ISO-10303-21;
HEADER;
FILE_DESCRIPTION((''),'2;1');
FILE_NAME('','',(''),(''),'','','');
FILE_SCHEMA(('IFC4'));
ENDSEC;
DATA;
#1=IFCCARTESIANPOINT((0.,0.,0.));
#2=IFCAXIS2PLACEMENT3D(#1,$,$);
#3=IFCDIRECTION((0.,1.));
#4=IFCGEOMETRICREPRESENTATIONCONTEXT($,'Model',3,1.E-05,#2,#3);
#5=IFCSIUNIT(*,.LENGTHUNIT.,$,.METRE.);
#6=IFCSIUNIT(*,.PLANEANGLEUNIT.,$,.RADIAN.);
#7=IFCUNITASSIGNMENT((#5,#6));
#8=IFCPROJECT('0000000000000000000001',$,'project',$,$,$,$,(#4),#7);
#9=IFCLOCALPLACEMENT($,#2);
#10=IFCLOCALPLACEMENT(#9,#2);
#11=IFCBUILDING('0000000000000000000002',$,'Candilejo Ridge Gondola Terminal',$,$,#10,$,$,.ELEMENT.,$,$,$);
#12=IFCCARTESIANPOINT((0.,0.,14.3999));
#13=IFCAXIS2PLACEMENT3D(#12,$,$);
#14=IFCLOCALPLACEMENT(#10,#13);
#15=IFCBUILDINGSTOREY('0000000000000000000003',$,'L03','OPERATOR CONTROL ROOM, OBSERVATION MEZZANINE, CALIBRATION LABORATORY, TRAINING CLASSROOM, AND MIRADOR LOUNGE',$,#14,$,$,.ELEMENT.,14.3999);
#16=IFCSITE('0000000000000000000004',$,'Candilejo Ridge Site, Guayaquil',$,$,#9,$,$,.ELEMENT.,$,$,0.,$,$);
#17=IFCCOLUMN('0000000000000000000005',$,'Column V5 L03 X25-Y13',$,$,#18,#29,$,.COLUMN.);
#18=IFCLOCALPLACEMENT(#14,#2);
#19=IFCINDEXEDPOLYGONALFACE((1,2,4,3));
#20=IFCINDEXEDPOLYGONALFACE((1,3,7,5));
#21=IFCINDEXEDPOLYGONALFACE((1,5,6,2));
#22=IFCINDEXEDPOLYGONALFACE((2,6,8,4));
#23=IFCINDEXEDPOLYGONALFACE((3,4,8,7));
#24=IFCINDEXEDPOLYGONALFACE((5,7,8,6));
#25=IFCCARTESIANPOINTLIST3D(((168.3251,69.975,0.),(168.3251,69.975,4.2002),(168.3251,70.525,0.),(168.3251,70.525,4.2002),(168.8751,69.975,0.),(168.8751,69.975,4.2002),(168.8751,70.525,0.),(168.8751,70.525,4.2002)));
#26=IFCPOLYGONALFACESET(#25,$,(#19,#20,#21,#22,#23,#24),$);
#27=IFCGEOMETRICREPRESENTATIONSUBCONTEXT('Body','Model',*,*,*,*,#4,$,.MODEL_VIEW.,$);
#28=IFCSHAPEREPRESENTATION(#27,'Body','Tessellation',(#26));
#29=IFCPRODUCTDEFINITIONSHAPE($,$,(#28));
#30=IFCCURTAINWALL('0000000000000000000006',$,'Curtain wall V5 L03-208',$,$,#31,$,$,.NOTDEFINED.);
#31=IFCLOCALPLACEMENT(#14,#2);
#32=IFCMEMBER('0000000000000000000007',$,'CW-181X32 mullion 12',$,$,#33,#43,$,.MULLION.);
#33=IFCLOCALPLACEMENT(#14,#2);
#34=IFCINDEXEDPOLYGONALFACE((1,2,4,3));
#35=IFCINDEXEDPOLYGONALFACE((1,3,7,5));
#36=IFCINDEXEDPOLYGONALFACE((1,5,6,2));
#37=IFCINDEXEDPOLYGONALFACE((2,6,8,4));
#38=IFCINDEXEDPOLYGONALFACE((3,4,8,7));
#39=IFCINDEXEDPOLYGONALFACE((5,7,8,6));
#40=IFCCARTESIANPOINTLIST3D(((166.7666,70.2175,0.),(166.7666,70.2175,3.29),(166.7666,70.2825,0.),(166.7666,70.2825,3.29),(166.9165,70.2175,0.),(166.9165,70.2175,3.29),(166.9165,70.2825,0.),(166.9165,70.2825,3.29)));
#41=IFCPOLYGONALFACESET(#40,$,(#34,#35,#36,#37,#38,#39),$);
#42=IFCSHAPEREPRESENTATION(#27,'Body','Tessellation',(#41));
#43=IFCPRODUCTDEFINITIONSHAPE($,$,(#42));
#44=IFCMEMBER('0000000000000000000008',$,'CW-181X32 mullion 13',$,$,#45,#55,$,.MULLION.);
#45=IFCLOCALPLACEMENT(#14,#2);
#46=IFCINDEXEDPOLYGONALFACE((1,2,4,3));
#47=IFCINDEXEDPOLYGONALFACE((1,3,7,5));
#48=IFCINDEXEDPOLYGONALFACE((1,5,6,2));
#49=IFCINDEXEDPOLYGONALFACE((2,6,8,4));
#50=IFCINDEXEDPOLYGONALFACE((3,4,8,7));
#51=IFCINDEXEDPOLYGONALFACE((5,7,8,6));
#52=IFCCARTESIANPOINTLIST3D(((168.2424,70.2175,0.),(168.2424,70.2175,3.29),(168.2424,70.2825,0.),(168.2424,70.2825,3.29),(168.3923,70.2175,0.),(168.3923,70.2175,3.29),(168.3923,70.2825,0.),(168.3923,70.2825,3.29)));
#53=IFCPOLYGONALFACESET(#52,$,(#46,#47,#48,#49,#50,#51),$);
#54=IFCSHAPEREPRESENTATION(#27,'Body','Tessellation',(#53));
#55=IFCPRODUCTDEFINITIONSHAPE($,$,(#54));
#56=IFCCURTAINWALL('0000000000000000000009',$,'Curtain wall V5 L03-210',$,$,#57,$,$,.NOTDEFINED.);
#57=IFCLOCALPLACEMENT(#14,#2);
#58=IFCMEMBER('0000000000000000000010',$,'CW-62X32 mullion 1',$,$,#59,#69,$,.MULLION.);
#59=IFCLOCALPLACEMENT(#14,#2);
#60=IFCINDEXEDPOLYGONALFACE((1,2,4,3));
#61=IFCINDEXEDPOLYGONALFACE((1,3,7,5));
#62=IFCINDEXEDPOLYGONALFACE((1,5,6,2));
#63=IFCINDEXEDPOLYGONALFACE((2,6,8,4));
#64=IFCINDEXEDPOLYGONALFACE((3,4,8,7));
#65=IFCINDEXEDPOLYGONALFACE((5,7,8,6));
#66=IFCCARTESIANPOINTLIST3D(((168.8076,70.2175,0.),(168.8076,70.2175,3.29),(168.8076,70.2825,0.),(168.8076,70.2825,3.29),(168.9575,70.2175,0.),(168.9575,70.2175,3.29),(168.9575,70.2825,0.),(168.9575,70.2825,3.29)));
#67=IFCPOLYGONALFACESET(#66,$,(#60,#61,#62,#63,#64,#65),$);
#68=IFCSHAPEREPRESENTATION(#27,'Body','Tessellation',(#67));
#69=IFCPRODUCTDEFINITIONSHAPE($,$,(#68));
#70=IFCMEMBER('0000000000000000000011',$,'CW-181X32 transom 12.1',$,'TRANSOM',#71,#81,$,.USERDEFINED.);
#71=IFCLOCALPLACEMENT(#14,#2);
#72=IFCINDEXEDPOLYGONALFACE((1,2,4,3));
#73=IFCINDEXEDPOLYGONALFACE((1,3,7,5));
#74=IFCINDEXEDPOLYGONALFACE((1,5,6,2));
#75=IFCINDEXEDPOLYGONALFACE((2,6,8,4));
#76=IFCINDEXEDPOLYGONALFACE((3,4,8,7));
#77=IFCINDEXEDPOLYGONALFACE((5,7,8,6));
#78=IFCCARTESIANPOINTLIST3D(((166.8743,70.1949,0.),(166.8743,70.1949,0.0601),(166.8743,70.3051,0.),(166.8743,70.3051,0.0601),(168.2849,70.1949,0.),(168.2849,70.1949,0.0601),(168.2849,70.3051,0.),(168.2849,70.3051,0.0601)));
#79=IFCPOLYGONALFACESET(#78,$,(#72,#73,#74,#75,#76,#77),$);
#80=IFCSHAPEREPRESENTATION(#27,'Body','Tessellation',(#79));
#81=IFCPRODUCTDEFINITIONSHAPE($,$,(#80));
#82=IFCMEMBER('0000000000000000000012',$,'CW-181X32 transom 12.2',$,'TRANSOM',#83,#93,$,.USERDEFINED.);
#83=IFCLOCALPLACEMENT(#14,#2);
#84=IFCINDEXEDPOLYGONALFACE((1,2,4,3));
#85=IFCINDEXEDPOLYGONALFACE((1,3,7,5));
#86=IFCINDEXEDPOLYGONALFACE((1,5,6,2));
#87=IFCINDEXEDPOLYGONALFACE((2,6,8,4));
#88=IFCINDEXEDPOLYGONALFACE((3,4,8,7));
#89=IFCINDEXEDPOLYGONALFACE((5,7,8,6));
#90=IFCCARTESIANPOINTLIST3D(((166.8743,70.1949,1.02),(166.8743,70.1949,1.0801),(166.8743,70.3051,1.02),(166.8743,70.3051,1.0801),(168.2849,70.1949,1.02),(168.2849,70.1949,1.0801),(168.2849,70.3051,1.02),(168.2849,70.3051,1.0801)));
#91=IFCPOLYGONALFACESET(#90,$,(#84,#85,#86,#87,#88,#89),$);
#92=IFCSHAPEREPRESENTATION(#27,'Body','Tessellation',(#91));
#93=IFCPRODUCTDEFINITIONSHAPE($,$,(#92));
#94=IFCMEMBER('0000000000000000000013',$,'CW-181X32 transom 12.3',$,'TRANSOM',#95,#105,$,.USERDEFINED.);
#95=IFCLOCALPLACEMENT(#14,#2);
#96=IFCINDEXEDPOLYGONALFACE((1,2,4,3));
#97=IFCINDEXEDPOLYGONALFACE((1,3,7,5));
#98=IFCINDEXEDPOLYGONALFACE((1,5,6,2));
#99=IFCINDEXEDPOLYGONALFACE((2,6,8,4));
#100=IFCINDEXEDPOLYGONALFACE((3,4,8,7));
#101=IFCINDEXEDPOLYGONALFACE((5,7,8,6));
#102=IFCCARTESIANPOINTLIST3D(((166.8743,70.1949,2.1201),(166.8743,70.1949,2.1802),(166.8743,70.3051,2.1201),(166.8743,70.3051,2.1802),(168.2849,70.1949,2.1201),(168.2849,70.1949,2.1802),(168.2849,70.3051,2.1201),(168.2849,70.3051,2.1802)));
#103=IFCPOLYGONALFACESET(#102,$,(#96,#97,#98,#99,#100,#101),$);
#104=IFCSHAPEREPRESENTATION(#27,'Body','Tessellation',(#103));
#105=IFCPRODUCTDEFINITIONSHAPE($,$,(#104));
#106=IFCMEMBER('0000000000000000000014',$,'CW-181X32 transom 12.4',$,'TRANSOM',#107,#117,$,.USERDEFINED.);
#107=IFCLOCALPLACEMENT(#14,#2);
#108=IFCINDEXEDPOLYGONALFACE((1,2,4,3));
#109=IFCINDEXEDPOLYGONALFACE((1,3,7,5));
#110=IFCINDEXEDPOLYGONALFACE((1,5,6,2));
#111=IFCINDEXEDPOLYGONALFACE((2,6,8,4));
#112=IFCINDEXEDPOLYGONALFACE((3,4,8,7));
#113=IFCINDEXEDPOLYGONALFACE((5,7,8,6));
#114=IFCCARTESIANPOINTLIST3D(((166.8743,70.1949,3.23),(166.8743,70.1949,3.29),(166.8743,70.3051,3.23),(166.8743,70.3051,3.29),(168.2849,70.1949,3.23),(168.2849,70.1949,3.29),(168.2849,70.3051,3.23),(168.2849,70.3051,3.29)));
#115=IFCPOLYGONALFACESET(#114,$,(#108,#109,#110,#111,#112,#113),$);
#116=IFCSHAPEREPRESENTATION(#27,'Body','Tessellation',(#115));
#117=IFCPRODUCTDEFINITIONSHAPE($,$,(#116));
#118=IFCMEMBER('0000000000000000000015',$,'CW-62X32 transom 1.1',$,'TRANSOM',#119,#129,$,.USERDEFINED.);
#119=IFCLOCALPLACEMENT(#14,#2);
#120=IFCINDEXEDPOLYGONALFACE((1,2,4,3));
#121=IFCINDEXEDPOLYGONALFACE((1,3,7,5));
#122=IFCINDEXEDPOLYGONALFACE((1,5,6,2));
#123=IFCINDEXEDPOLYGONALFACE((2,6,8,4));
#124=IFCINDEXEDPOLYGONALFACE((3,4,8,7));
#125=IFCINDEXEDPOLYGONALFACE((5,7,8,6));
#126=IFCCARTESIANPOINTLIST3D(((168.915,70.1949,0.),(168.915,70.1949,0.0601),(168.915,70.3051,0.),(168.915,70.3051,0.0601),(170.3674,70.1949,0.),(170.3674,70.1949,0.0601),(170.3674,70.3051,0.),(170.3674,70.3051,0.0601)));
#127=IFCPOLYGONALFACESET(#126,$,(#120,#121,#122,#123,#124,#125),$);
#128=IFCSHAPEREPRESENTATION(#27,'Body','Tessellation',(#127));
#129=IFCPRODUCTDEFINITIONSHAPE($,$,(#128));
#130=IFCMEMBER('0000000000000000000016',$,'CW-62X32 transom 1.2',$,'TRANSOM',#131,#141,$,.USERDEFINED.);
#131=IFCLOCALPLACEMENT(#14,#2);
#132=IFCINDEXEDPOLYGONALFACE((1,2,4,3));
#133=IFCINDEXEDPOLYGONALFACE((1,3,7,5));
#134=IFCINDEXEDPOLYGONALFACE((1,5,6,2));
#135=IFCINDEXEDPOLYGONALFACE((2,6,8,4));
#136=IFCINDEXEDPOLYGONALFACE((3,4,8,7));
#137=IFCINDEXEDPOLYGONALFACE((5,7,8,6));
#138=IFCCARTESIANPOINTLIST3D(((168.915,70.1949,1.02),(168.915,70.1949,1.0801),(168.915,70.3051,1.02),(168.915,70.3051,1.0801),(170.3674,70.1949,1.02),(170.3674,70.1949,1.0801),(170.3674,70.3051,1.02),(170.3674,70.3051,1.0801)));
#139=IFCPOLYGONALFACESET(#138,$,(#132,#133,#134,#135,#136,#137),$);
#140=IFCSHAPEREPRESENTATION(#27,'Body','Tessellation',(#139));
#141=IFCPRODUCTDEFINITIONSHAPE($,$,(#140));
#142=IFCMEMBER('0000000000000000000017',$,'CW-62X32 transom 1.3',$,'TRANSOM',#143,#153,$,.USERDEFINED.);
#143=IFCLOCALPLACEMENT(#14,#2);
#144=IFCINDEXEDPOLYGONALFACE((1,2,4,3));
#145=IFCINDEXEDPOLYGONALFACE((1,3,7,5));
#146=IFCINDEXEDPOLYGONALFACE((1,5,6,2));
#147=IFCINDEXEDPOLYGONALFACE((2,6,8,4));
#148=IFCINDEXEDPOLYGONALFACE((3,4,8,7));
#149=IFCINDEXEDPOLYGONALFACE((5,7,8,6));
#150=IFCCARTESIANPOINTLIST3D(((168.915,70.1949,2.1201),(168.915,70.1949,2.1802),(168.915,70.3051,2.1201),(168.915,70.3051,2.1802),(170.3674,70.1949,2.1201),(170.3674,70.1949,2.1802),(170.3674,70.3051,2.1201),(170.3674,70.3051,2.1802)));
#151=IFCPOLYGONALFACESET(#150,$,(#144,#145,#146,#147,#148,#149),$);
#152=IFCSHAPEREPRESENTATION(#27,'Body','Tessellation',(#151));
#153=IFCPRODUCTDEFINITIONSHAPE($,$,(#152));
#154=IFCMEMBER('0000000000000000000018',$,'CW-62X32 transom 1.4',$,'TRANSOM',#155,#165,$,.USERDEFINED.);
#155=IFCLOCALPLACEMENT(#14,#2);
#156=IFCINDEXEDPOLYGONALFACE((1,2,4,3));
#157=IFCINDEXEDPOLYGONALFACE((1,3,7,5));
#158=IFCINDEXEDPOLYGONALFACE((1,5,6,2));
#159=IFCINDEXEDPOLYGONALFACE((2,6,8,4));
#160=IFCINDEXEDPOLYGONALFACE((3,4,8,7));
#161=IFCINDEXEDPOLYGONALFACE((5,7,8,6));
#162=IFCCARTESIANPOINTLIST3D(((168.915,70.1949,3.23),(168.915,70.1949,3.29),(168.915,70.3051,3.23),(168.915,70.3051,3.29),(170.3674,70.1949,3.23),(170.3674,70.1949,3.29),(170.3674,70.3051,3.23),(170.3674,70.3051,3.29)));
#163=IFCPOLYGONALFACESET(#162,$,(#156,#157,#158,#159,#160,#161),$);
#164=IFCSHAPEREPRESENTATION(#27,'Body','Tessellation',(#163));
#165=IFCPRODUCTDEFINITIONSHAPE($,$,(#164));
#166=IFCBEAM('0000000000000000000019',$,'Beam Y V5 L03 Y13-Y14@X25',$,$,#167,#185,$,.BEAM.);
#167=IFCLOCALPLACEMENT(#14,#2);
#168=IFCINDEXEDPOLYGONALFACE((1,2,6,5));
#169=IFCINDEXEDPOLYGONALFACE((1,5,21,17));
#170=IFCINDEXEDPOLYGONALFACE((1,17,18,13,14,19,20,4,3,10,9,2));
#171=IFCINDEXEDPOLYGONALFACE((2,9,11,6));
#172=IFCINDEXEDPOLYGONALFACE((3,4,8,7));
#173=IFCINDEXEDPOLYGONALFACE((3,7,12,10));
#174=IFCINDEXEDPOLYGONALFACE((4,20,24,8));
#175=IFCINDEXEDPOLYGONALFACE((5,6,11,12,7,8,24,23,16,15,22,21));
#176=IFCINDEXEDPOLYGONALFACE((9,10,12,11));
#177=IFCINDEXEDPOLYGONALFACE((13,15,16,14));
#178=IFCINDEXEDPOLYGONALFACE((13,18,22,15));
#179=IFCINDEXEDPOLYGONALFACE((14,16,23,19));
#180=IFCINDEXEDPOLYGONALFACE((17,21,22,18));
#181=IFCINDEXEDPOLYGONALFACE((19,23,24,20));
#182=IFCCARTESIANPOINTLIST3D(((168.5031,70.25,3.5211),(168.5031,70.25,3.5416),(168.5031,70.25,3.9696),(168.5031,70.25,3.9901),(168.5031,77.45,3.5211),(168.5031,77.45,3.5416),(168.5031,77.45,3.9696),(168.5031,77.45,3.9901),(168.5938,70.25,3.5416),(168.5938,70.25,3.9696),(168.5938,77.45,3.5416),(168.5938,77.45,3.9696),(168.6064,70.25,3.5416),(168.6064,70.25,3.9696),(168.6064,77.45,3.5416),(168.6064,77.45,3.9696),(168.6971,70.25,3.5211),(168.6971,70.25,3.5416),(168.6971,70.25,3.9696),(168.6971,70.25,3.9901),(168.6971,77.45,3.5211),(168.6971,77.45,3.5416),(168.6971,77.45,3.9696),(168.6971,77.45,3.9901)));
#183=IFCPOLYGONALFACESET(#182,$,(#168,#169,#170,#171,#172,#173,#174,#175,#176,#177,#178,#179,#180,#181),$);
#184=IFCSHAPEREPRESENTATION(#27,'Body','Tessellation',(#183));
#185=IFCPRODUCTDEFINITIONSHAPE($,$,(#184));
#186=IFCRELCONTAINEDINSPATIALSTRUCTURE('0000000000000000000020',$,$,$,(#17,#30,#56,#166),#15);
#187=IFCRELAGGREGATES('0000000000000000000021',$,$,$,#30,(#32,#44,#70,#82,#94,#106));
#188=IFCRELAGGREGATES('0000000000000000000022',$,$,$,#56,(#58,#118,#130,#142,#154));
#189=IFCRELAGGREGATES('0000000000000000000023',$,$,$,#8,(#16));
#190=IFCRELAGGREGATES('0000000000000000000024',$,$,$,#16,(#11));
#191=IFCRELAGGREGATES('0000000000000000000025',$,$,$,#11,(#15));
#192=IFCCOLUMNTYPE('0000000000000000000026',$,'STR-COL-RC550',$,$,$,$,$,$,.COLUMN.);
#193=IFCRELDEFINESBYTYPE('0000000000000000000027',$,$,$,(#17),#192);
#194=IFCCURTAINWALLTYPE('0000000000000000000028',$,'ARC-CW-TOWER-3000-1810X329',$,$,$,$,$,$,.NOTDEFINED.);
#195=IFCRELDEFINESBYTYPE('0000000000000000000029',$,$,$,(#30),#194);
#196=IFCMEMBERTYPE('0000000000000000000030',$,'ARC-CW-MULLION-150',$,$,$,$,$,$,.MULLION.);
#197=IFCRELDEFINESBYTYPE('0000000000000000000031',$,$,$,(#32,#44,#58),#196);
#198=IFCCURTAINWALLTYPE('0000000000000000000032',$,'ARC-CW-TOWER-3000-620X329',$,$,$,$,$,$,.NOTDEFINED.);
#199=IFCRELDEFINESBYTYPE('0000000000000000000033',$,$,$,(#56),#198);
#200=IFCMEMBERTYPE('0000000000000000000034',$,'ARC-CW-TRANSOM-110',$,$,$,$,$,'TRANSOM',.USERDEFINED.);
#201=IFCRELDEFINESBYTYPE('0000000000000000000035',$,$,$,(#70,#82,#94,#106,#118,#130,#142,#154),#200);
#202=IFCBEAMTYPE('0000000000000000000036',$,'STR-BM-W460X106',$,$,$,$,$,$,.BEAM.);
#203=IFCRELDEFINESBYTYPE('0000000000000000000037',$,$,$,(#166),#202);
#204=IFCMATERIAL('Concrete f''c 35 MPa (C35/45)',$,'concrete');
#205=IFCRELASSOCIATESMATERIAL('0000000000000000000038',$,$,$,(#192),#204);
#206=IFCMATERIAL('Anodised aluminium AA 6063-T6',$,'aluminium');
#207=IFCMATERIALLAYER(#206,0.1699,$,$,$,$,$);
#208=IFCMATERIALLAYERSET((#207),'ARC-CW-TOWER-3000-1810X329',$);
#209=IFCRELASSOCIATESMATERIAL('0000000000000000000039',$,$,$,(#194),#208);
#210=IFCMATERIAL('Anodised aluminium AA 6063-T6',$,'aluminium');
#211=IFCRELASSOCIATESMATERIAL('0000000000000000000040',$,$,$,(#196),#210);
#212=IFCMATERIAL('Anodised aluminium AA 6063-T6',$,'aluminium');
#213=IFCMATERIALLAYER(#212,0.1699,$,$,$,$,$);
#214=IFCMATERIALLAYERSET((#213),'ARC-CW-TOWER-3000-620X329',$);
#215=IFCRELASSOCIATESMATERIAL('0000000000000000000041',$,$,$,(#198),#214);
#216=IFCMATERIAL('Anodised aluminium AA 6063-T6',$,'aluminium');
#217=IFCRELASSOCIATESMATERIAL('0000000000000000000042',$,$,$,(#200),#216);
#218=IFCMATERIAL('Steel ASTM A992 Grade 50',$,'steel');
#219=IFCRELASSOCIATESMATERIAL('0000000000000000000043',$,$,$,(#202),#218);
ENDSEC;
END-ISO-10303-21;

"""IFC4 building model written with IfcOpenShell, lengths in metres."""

from ifc_helpers import new_model, si_unit, direction, frame, origin, origin_2d, place, context, subcontext, project, spatial, rectangle, i_section, extrude, material, layer, layer_set, material_profile, profile_set, type_object, element, aggregate, save


model = new_model("IFC4")

# Units and contexts
model_context = context("Model", 3, precision=1e-05, world=origin(), true_north=direction((0.0, 1.0)))
body_context = subcontext(model_context, "Body", "Model", "MODEL_VIEW")
ifc_project = project(units=[si_unit("LENGTHUNIT", "METRE"), si_unit("PLANEANGLEUNIT", "RADIAN")], contexts=[model_context])

# Site, building, storey
site_placement = place(None, origin())
site = spatial("IfcSite", under=ifc_project, at=site_placement, Name="Candilejo Ridge Site, Guayaquil", CompositionType="ELEMENT", RefElevation=0.0)
building_placement = place(site_placement, origin())
building = spatial("IfcBuilding", under=site, at=building_placement, Name="Candilejo Ridge Gondola Terminal", CompositionType="ELEMENT")
storey_placement = place(building_placement, frame((0.0, 0.0, 14.3999)))
storey = spatial("IfcBuildingStorey", under=building, at=storey_placement, Name="L03", Description="OPERATOR CONTROL ROOM, OBSERVATION MEZZANINE, CALIBRATION LABORATORY, TRAINING CLASSROOM, AND MIRADOR LOUNGE", CompositionType="ELEMENT", Elevation=14.3999)

# Column
ifc_material_1 = material(Name="Concrete f'c 35 MPa (C35/45)", Category="concrete")
ifc_material_profile_1 = material_profile(ifc_material_1, rectangle(XDim=0.55, YDim=0.55, at=origin_2d()))
ifc_profile_set_1 = profile_set([ifc_material_profile_1], Name="Concrete f'c 35 MPa (C35/45)")
column_type = type_object("IfcColumnType", Name="STR-COL-RC550", PredefinedType="COLUMN", material=ifc_profile_set_1)
column_placement = place(storey_placement, frame((168.6001, 70.25, 0.0), z_axis=(0.0, 0.0, 1.0), x_axis=(1.0, 0.0, 0.0)))
element("IfcColumn", 1, at=column_placement, inside=storey, type_object=column_type, Name="Column V5 L03 X25-Y13", PredefinedType="COLUMN", context=body_context, shape_type="SweptSolid", body=[
    extrude(rectangle(XDim=0.55, YDim=0.55, at=origin_2d()), origin(), (0.0, 0.0, 1.0), 4.2002),
])

# Curtain wall, members
ifc_material_2 = material(Name="Anodised aluminium AA 6063-T6", Category="aluminium")
ifc_layer_1 = layer(ifc_material_2, 0.1699)
ifc_layer_set_1 = layer_set([ifc_layer_1], Name="ARC-CW-TOWER-3000-1810X329")
curtain_wall_type_1 = type_object("IfcCurtainWallType", Name="ARC-CW-TOWER-3000-1810X329", PredefinedType="NOTDEFINED", material=ifc_layer_set_1)
curtain_wall_1_placement = place(storey_placement, origin())
curtain_wall_1 = element("IfcCurtainWall", 2, at=curtain_wall_1_placement, inside=storey, type_object=curtain_wall_type_1, Name="Curtain wall V5 L03-208", PredefinedType="NOTDEFINED")
ifc_material_3 = material(Name="Anodised aluminium AA 6063-T6", Category="aluminium")
ifc_material_profile_2 = material_profile(ifc_material_3, rectangle(XDim=0.0649, YDim=0.1499, at=origin_2d()))
ifc_profile_set_2 = profile_set([ifc_material_profile_2], Name="Anodised aluminium AA 6063-T6")
member_type_1 = type_object("IfcMemberType", Name="ARC-CW-MULLION-150", PredefinedType="MULLION", material=ifc_profile_set_2)
member_1_placement = place(storey_placement, frame((166.8416, 70.25, 0.0), z_axis=(0.0, 0.0, 1.0), x_axis=(0.0, 1.0, 0.0)))
member_1 = element("IfcMember", 3, at=member_1_placement, type_object=member_type_1, Name="CW-181X32 mullion 12", PredefinedType="MULLION", context=body_context, shape_type="SweptSolid", body=[
    extrude(rectangle(XDim=0.0649, YDim=0.1499, at=origin_2d()), origin(), (0.0, 0.0, 1.0), 3.29),
])
member_2_placement = place(storey_placement, frame((168.3174, 70.25, 0.0), z_axis=(0.0, 0.0, 1.0), x_axis=(0.0, 1.0, 0.0)))
member_2 = element("IfcMember", 4, at=member_2_placement, type_object=member_type_1, Name="CW-181X32 mullion 13", PredefinedType="MULLION", context=body_context, shape_type="SweptSolid", body=[
    extrude(rectangle(XDim=0.0649, YDim=0.1499, at=origin_2d()), origin(), (0.0, 0.0, 1.0), 3.29),
])

# Curtain wall, member
ifc_material_4 = material(Name="Anodised aluminium AA 6063-T6", Category="aluminium")
ifc_layer_2 = layer(ifc_material_4, 0.1699)
ifc_layer_set_2 = layer_set([ifc_layer_2], Name="ARC-CW-TOWER-3000-620X329")
curtain_wall_type_2 = type_object("IfcCurtainWallType", Name="ARC-CW-TOWER-3000-620X329", PredefinedType="NOTDEFINED", material=ifc_layer_set_2)
curtain_wall_2_placement = place(storey_placement, origin())
curtain_wall_2 = element("IfcCurtainWall", 5, at=curtain_wall_2_placement, inside=storey, type_object=curtain_wall_type_2, Name="Curtain wall V5 L03-210", PredefinedType="NOTDEFINED")
member_3_placement = place(storey_placement, frame((168.8826, 70.25, 0.0), z_axis=(0.0, 0.0, 1.0), x_axis=(0.0, 1.0, 0.0)))
member_3 = element("IfcMember", 6, at=member_3_placement, type_object=member_type_1, Name="CW-62X32 mullion 1", PredefinedType="MULLION", context=body_context, shape_type="SweptSolid", body=[
    extrude(rectangle(XDim=0.0649, YDim=0.1499, at=origin_2d()), origin(), (0.0, 0.0, 1.0), 3.29),
])

# Members
ifc_material_5 = material(Name="Anodised aluminium AA 6063-T6", Category="aluminium")
ifc_material_profile_3 = material_profile(ifc_material_5, rectangle(XDim=0.1101, YDim=0.0601, at=origin_2d()))
ifc_profile_set_3 = profile_set([ifc_material_profile_3], Name="Anodised aluminium AA 6063-T6")
member_type_2 = type_object("IfcMemberType", Name="ARC-CW-TRANSOM-110", ElementType="TRANSOM", PredefinedType="USERDEFINED", material=ifc_profile_set_3)
member_4_placement = place(storey_placement, frame((166.8743, 70.25, 0.03), z_axis=(1.0, 0.0, 0.0), x_axis=(0.0, 1.0, 0.0)))
member_4 = element("IfcMember", 7, at=member_4_placement, type_object=member_type_2, Name="CW-181X32 transom 12.1", ObjectType="TRANSOM", PredefinedType="USERDEFINED", context=body_context, shape_type="SweptSolid", body=[
    extrude(rectangle(XDim=0.1101, YDim=0.0601, at=origin_2d()), origin(), (0.0, 0.0, 1.0), 1.4106),
])
member_5_placement = place(storey_placement, frame((166.8743, 70.25, 1.05), z_axis=(1.0, 0.0, 0.0), x_axis=(0.0, 1.0, 0.0)))
member_5 = element("IfcMember", 8, at=member_5_placement, type_object=member_type_2, Name="CW-181X32 transom 12.2", ObjectType="TRANSOM", PredefinedType="USERDEFINED", context=body_context, shape_type="SweptSolid", body=[
    extrude(rectangle(XDim=0.1101, YDim=0.0601, at=origin_2d()), origin(), (0.0, 0.0, 1.0), 1.4106),
])
member_6_placement = place(storey_placement, frame((166.8743, 70.25, 2.1501), z_axis=(1.0, 0.0, 0.0), x_axis=(0.0, 1.0, 0.0)))
member_6 = element("IfcMember", 9, at=member_6_placement, type_object=member_type_2, Name="CW-181X32 transom 12.3", ObjectType="TRANSOM", PredefinedType="USERDEFINED", context=body_context, shape_type="SweptSolid", body=[
    extrude(rectangle(XDim=0.1101, YDim=0.0601, at=origin_2d()), origin(), (0.0, 0.0, 1.0), 1.4106),
])
member_7_placement = place(storey_placement, frame((166.8743, 70.25, 3.26), z_axis=(1.0, 0.0, 0.0), x_axis=(0.0, 1.0, 0.0)))
member_7 = element("IfcMember", 10, at=member_7_placement, type_object=member_type_2, Name="CW-181X32 transom 12.4", ObjectType="TRANSOM", PredefinedType="USERDEFINED", context=body_context, shape_type="SweptSolid", body=[
    extrude(rectangle(XDim=0.1101, YDim=0.0601, at=origin_2d()), origin(), (0.0, 0.0, 1.0), 1.4106),
])
member_8_placement = place(storey_placement, frame((168.915, 70.25, 0.03), z_axis=(1.0, 0.0, 0.0), x_axis=(0.0, 1.0, 0.0)))
member_8 = element("IfcMember", 11, at=member_8_placement, type_object=member_type_2, Name="CW-62X32 transom 1.1", ObjectType="TRANSOM", PredefinedType="USERDEFINED", context=body_context, shape_type="SweptSolid", body=[
    extrude(rectangle(XDim=0.1101, YDim=0.0601, at=origin_2d()), origin(), (0.0, 0.0, 1.0), 1.4524),
])
member_9_placement = place(storey_placement, frame((168.915, 70.25, 1.05), z_axis=(1.0, 0.0, 0.0), x_axis=(0.0, 1.0, 0.0)))
member_9 = element("IfcMember", 12, at=member_9_placement, type_object=member_type_2, Name="CW-62X32 transom 1.2", ObjectType="TRANSOM", PredefinedType="USERDEFINED", context=body_context, shape_type="SweptSolid", body=[
    extrude(rectangle(XDim=0.1101, YDim=0.0601, at=origin_2d()), origin(), (0.0, 0.0, 1.0), 1.4524),
])
member_10_placement = place(storey_placement, frame((168.915, 70.25, 2.1501), z_axis=(1.0, 0.0, 0.0), x_axis=(0.0, 1.0, 0.0)))
member_10 = element("IfcMember", 13, at=member_10_placement, type_object=member_type_2, Name="CW-62X32 transom 1.3", ObjectType="TRANSOM", PredefinedType="USERDEFINED", context=body_context, shape_type="SweptSolid", body=[
    extrude(rectangle(XDim=0.1101, YDim=0.0601, at=origin_2d()), origin(), (0.0, 0.0, 1.0), 1.4524),
])
member_11_placement = place(storey_placement, frame((168.915, 70.25, 3.26), z_axis=(1.0, 0.0, 0.0), x_axis=(0.0, 1.0, 0.0)))
member_11 = element("IfcMember", 14, at=member_11_placement, type_object=member_type_2, Name="CW-62X32 transom 1.4", ObjectType="TRANSOM", PredefinedType="USERDEFINED", context=body_context, shape_type="SweptSolid", body=[
    extrude(rectangle(XDim=0.1101, YDim=0.0601, at=origin_2d()), origin(), (0.0, 0.0, 1.0), 1.4524),
])

# Beam
ifc_material_6 = material(Name="Steel ASTM A992 Grade 50", Category="steel")
ifc_material_profile_4 = material_profile(ifc_material_6, i_section(OverallWidth=0.1941, OverallDepth=0.469, WebThickness=0.0127, FlangeThickness=0.0205, at=origin_2d()))
ifc_profile_set_4 = profile_set([ifc_material_profile_4], Name="Steel ASTM A992 Grade 50")
beam_type_1 = type_object("IfcBeamType", Name="STR-BM-W460X106", PredefinedType="BEAM", material=ifc_profile_set_4)
beam_1_placement = place(storey_placement, frame((168.6001, 70.25, 3.7556), z_axis=(0.0, 1.0, 0.0), x_axis=(-1.0, 0.0, 0.0)))
element("IfcBeam", 15, at=beam_1_placement, inside=storey, type_object=beam_type_1, Name="Beam Y V5 L03 Y13-Y14@X25", PredefinedType="BEAM", context=body_context, shape_type="SweptSolid", body=[
    extrude(i_section(OverallWidth=0.1941, OverallDepth=0.469, WebThickness=0.0127, FlangeThickness=0.0205, at=origin_2d()), origin(), (0.0, 0.0, 1.0), 7.2),
])

aggregate(curtain_wall_1, [member_1, member_2, member_4, member_5, member_6, member_7])
aggregate(curtain_wall_2, [member_3, member_8, member_9, member_10, member_11])

save(model, "model.ifc")
